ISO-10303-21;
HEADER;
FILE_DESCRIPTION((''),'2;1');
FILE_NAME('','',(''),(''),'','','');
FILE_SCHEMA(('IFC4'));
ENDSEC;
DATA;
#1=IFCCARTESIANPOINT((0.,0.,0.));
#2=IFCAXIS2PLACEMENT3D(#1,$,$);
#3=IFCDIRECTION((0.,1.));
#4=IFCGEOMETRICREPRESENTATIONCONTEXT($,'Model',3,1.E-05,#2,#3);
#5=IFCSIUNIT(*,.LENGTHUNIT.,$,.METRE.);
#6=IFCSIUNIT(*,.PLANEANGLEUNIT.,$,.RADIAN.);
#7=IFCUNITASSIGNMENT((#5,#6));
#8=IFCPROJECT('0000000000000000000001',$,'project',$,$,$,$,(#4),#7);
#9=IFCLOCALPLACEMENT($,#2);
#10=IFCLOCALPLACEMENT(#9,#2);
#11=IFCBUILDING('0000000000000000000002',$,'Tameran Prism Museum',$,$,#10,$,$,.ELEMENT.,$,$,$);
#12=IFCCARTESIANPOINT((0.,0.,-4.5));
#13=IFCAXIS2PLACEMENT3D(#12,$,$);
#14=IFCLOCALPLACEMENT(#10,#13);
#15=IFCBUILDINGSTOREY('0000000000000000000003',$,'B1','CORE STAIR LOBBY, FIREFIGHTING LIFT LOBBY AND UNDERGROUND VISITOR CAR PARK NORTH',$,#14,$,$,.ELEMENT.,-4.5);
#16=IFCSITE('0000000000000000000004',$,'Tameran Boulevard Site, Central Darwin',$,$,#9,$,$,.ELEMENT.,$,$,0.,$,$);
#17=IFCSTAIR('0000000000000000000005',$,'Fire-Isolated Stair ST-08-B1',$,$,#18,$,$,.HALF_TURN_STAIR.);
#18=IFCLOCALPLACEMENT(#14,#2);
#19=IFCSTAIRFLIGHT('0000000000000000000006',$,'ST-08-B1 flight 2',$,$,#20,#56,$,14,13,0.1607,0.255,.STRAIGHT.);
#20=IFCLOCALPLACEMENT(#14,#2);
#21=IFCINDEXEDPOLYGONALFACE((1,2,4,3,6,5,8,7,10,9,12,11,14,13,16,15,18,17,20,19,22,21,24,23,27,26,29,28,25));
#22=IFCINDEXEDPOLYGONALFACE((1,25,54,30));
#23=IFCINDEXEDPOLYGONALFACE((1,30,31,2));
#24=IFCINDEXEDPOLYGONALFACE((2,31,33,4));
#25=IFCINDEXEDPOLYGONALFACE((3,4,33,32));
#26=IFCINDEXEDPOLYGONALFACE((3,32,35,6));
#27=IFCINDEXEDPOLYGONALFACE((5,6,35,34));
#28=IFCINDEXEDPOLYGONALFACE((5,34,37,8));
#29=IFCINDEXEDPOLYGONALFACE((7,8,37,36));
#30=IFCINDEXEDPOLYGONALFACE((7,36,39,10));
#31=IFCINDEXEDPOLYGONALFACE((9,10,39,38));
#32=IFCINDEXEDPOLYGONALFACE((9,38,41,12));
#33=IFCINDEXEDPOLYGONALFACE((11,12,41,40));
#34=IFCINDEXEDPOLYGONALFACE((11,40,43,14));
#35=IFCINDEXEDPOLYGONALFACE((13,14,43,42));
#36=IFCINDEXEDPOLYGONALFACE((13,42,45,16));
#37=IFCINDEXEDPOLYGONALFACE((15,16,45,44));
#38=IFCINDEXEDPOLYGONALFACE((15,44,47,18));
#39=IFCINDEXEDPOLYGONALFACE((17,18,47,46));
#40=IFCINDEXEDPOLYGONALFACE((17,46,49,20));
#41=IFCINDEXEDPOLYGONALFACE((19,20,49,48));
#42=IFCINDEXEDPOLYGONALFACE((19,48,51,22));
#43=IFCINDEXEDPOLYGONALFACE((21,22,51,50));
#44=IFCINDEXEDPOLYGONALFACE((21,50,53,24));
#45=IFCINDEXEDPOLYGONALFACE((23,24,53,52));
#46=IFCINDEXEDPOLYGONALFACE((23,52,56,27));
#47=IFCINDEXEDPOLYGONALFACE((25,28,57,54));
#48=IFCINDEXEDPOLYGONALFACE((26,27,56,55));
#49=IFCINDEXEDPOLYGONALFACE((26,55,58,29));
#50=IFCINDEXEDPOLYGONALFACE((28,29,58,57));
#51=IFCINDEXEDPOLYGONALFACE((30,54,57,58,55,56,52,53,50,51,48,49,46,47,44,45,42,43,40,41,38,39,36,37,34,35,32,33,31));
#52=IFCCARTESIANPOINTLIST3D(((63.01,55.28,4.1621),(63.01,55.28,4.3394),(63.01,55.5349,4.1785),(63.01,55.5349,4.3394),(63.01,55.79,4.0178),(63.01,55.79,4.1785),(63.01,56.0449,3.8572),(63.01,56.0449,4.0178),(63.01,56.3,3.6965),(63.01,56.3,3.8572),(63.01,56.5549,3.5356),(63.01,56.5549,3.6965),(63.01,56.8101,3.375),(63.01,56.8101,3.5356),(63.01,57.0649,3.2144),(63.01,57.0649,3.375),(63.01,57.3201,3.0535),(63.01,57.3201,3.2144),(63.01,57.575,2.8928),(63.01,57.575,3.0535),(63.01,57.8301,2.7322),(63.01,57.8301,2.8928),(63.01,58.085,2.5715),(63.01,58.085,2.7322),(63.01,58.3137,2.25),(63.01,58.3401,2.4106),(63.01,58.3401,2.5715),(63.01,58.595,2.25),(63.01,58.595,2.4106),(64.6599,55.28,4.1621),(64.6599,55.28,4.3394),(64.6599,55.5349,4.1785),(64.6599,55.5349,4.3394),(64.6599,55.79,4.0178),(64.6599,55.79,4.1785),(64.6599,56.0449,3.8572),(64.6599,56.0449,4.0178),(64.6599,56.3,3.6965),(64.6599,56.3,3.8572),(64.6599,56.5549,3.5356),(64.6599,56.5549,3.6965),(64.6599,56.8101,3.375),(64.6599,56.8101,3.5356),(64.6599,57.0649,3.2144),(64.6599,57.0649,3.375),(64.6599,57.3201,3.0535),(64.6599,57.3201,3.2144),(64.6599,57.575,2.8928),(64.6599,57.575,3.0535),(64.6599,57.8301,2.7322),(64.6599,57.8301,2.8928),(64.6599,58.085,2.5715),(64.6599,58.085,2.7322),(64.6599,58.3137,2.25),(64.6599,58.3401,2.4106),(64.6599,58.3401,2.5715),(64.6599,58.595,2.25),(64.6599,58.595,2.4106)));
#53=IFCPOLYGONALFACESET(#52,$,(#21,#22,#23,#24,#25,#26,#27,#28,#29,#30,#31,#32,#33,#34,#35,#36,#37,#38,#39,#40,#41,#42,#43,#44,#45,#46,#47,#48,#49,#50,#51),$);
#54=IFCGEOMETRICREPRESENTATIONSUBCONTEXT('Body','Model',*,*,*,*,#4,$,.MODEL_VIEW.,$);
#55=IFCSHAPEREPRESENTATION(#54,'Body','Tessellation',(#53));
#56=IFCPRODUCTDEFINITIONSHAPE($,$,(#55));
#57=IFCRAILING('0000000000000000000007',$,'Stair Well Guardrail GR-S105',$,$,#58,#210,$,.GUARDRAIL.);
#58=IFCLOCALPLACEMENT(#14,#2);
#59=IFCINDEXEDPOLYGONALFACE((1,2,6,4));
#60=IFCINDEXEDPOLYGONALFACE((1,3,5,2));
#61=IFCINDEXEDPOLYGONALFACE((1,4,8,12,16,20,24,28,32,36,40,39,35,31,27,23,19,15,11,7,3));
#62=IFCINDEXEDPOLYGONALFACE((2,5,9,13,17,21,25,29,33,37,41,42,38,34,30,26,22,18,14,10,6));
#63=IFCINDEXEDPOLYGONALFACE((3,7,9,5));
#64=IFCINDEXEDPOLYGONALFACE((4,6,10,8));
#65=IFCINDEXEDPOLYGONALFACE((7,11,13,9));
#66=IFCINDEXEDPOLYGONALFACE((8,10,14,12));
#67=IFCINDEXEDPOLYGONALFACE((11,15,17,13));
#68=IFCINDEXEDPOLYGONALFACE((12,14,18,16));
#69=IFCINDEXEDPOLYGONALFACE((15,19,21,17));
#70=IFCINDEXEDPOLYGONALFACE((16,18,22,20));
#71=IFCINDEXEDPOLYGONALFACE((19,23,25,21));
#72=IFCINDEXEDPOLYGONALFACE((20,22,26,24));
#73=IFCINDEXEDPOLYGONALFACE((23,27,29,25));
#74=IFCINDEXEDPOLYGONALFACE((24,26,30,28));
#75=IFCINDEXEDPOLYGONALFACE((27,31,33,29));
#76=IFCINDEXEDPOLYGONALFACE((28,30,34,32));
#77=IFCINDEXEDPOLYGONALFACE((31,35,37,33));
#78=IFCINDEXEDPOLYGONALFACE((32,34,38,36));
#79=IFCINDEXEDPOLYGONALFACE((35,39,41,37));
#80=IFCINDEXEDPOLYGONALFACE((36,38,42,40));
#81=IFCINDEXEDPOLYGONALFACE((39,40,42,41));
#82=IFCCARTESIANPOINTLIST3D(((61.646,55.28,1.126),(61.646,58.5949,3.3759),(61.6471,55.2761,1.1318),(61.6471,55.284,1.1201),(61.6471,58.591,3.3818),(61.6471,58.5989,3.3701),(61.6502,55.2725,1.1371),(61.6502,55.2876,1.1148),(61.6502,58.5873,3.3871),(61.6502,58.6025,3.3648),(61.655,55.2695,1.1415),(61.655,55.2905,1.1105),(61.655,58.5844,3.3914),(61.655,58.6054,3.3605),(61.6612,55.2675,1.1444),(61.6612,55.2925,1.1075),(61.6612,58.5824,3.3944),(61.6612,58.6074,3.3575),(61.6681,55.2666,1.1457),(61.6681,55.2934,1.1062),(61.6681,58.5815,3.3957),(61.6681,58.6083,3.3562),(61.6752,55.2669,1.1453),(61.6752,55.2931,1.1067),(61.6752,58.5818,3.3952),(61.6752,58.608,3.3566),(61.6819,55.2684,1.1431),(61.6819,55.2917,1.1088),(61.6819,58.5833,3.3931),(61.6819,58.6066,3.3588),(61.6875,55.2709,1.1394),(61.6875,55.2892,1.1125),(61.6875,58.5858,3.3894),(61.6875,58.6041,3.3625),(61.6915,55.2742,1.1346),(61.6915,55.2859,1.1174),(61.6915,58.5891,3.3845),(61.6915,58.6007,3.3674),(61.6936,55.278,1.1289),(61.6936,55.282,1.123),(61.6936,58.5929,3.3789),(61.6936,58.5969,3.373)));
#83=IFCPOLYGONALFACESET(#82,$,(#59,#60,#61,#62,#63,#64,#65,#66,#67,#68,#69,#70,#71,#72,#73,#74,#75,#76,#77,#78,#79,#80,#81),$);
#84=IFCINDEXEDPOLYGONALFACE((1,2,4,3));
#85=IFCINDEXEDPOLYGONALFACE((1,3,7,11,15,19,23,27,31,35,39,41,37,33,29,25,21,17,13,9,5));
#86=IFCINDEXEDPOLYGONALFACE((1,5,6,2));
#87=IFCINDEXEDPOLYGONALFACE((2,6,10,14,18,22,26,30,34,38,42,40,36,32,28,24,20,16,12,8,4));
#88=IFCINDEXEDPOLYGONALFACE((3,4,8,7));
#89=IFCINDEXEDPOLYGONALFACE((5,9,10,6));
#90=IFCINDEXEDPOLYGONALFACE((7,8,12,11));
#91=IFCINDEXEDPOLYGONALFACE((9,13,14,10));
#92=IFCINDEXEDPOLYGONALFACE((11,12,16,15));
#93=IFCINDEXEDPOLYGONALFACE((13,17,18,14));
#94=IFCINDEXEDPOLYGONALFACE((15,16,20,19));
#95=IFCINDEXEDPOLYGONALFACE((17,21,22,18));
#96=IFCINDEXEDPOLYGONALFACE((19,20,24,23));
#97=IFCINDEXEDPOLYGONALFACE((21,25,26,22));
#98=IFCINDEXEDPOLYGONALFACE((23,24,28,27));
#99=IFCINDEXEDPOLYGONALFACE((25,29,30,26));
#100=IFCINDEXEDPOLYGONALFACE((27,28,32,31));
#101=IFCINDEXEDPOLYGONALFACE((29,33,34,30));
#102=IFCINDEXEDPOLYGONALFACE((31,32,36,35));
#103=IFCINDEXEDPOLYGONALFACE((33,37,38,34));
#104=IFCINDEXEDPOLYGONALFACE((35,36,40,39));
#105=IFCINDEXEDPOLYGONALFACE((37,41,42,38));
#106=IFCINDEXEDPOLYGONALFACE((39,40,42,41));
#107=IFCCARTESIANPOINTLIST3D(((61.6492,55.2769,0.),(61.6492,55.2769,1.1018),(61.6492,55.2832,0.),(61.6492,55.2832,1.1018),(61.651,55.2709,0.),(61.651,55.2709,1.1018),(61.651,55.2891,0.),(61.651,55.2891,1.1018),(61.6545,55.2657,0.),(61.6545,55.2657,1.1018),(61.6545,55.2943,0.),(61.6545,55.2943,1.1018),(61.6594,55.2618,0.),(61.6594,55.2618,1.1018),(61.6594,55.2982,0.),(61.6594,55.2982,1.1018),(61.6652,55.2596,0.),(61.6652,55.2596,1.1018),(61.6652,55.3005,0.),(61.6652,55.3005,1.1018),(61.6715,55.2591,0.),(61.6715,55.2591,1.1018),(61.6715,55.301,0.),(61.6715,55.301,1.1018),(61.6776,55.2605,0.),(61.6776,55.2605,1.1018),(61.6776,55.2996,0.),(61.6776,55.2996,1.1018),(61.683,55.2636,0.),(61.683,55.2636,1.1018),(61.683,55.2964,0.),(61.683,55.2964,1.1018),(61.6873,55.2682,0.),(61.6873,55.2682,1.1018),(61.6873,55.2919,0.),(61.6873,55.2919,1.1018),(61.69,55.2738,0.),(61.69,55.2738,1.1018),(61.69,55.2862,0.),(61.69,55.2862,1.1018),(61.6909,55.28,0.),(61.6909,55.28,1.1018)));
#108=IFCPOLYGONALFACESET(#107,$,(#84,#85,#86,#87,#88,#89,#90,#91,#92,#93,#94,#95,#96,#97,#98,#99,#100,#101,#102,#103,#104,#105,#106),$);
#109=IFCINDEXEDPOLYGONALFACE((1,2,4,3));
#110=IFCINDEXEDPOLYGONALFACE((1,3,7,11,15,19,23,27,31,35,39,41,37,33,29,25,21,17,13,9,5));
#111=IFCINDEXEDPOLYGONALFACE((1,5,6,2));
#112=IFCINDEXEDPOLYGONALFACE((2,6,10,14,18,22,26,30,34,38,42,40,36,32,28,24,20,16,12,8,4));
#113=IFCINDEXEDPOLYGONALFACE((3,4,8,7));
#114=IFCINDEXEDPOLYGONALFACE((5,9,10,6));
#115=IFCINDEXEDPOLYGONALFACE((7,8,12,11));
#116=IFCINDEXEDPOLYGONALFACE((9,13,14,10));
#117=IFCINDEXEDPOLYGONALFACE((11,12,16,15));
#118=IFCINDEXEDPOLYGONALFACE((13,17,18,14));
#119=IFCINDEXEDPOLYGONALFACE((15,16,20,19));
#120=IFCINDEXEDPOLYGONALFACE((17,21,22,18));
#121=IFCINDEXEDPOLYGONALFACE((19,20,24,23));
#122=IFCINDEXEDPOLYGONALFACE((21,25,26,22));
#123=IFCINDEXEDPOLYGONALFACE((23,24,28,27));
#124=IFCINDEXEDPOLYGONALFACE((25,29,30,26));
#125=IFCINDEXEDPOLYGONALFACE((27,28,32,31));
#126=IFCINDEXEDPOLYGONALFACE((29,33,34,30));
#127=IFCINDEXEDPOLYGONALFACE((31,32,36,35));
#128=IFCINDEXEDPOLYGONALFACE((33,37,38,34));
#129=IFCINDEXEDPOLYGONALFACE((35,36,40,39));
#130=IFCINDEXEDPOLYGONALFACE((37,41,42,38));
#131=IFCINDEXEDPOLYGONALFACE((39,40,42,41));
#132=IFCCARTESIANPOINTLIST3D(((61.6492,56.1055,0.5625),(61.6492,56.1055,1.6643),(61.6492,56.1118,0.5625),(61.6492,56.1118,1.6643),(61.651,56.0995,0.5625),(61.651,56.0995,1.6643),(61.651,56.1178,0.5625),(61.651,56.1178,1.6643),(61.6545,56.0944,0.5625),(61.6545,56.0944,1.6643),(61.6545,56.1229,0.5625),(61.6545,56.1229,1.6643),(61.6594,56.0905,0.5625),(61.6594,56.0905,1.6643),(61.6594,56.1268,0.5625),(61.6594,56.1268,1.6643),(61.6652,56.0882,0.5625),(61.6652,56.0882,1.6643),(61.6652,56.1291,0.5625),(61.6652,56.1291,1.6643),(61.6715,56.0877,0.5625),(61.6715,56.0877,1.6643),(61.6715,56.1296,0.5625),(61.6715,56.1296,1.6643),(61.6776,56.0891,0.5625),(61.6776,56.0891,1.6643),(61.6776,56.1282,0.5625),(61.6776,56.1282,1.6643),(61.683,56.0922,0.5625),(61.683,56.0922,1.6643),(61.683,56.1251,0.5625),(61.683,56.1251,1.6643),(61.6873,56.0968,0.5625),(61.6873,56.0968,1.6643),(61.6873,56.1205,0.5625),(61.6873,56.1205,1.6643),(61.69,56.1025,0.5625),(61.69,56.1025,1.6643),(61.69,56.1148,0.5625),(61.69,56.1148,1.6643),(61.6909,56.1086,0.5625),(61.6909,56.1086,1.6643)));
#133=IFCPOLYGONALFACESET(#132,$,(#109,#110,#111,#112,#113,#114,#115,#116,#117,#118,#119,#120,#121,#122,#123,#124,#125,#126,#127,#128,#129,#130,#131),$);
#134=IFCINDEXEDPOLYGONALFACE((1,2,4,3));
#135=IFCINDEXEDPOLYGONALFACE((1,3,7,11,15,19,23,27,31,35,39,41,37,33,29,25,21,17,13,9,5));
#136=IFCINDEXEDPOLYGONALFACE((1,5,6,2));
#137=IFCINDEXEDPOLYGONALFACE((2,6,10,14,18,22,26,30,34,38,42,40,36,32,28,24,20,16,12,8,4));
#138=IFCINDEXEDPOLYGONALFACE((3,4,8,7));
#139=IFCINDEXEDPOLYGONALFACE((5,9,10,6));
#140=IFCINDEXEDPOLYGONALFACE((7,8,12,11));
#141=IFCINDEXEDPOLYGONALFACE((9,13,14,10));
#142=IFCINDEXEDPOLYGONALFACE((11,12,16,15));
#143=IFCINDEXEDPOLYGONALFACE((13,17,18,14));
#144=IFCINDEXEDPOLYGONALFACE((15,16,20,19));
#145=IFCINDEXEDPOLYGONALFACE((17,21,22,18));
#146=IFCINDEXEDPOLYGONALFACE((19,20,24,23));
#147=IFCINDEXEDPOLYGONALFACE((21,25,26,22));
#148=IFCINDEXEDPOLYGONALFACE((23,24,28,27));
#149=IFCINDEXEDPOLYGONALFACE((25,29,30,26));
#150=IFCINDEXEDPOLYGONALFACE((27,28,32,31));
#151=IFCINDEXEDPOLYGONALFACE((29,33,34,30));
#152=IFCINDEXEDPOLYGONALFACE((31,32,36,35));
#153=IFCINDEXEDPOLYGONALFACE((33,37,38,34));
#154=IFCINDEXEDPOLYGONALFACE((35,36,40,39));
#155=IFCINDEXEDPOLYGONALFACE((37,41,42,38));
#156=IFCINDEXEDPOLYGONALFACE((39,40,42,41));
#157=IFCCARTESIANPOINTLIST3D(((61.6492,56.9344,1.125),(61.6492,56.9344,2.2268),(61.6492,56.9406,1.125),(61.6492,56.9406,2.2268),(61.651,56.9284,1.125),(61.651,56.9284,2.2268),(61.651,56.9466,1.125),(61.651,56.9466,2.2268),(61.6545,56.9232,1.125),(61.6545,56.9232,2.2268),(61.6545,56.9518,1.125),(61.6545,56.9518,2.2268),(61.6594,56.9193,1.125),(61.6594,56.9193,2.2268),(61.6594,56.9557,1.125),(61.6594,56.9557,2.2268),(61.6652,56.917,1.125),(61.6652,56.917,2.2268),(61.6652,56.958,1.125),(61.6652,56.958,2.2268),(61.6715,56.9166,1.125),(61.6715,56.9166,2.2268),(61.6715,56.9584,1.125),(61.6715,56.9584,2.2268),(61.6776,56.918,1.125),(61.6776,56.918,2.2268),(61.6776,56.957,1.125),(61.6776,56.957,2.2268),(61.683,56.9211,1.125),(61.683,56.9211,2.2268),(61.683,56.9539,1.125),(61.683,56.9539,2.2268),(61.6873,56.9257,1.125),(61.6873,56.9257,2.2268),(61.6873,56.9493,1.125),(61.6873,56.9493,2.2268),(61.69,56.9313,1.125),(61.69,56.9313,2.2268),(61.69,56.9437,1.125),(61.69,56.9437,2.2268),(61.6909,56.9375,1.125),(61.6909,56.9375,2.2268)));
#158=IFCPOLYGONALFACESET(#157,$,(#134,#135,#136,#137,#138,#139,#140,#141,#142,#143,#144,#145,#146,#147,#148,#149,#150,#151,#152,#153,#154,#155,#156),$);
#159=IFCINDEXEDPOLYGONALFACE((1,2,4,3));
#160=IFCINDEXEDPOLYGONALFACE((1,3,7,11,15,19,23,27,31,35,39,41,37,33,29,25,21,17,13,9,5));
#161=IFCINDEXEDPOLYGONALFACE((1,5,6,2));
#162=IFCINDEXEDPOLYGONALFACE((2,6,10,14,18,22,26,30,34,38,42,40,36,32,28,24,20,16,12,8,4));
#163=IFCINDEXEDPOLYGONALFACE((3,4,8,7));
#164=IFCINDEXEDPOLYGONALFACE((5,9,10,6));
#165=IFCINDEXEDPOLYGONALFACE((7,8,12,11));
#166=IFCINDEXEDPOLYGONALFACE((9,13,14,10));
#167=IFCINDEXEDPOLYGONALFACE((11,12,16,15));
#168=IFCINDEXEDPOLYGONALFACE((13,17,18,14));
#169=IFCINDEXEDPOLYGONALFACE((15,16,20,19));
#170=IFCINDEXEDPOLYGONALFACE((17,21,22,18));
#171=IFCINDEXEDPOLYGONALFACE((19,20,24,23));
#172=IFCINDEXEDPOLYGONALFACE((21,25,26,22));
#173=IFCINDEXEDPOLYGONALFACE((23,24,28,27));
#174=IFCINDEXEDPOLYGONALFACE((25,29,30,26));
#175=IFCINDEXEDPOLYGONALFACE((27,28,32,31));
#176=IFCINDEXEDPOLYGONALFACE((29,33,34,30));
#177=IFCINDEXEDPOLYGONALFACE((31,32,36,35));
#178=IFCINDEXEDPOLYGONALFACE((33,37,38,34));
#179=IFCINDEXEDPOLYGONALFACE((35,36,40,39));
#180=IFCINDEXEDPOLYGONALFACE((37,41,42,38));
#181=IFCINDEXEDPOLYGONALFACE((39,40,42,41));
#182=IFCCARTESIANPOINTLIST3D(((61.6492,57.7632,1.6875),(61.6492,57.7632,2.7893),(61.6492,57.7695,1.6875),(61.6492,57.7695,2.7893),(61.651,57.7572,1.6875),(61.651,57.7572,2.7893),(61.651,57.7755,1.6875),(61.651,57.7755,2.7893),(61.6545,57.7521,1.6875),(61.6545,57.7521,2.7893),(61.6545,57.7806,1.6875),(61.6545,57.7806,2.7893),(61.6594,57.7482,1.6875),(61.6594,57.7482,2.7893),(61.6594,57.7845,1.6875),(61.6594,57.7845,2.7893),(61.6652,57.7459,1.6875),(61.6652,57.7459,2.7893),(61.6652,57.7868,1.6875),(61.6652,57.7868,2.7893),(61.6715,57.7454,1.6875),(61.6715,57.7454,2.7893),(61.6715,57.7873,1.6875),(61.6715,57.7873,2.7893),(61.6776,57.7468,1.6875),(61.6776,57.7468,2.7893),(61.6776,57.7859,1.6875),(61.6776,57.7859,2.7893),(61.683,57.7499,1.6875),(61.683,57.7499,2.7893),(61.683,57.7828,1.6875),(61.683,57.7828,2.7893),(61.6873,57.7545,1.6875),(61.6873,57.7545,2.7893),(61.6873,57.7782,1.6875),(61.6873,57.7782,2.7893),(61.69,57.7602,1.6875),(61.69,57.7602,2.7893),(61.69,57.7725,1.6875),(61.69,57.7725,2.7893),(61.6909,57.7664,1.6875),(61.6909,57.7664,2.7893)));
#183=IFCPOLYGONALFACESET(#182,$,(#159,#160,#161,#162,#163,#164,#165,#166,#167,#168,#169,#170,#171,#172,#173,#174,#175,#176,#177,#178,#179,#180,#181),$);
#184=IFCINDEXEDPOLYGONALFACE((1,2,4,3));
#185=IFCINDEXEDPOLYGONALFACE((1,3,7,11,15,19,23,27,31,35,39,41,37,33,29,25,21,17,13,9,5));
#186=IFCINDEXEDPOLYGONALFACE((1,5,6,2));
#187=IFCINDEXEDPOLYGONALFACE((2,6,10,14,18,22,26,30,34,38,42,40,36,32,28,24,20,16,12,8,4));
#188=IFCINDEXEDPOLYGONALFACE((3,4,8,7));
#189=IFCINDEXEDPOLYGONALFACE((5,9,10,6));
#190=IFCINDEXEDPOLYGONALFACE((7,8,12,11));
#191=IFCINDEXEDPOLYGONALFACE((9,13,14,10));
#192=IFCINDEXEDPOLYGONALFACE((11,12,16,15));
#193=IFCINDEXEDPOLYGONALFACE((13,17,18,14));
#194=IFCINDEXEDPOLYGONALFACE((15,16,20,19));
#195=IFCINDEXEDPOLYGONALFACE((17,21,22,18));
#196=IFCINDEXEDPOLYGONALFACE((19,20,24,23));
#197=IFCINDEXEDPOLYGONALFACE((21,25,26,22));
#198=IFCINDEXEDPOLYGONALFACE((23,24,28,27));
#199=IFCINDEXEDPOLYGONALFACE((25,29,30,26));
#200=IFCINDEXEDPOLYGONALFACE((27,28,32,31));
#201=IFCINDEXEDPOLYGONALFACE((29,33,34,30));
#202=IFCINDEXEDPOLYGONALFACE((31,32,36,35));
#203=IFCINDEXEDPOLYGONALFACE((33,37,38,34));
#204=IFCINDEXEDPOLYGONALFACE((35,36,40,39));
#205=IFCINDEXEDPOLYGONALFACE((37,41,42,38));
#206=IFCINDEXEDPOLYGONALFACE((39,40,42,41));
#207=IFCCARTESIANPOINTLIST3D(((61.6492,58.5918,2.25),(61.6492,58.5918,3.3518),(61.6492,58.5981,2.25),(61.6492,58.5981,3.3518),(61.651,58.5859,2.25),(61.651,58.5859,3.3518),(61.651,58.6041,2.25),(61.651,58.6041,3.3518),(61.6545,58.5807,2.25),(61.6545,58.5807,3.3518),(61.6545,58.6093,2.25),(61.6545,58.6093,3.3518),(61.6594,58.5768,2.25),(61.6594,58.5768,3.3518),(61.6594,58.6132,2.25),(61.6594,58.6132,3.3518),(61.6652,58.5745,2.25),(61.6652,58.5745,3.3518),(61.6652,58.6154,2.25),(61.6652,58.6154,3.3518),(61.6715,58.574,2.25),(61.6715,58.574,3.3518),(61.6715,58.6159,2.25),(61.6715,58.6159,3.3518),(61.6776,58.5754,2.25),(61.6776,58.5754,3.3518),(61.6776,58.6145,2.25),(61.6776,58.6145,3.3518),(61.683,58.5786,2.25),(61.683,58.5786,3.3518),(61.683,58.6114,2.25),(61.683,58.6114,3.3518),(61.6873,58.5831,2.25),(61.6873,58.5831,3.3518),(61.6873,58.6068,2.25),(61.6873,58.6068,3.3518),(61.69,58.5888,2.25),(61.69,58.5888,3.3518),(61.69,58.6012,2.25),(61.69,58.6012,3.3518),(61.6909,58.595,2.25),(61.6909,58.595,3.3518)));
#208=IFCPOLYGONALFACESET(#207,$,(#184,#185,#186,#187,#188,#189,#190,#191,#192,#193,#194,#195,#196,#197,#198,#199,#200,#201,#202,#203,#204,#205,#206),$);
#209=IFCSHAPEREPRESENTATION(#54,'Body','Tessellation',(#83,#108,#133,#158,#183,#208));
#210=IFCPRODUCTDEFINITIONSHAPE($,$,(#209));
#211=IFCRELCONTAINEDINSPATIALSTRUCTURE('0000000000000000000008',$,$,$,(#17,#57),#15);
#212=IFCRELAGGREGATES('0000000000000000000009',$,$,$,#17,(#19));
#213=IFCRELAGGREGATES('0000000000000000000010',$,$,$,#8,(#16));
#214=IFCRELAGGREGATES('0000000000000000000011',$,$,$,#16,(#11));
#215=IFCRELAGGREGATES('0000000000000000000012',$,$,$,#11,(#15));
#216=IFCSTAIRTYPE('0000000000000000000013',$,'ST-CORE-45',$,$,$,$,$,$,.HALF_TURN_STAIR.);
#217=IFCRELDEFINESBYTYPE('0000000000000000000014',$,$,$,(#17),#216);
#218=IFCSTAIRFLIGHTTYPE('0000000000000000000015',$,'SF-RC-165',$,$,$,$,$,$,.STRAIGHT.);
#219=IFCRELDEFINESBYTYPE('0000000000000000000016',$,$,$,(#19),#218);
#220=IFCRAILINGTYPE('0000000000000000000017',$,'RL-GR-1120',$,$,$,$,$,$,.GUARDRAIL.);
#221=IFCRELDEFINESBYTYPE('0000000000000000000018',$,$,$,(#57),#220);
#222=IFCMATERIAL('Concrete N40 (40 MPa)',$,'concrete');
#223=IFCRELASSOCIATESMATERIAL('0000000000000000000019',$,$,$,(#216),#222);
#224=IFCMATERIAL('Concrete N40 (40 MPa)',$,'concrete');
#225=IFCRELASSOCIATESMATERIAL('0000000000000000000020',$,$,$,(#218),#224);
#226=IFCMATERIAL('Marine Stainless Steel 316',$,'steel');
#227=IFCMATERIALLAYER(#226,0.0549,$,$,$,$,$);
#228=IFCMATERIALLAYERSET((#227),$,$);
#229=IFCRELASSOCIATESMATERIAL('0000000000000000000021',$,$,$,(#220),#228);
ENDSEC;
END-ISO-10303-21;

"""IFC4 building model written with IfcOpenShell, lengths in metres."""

from ifc_helpers import new_model, si_unit, direction, frame, origin, origin_2d, place, context, subcontext, project, spatial, polyline, circle, outline, extrude, material, layer, layer_set, type_object, element, aggregate, save


model = new_model("IFC4")

# Units and contexts
model_context = context("Model", 3, precision=1e-05, world=origin(), true_north=direction((0.0, 1.0)))
body_context = subcontext(model_context, "Body", "Model", "MODEL_VIEW")
ifc_project = project(units=[si_unit("LENGTHUNIT", "METRE"), si_unit("PLANEANGLEUNIT", "RADIAN")], contexts=[model_context])

# Site, building, storey
site_placement = place(None, origin())
site = spatial("IfcSite", under=ifc_project, at=site_placement, Name="Tameran Boulevard Site, Central Darwin", CompositionType="ELEMENT", RefElevation=0.0)
building_placement = place(site_placement, origin())
building = spatial("IfcBuilding", under=site, at=building_placement, Name="Tameran Prism Museum", CompositionType="ELEMENT")
storey_placement = place(building_placement, frame((0.0, 0.0, -4.5)))
storey = spatial("IfcBuildingStorey", under=building, at=storey_placement, Name="B1", Description="CORE STAIR LOBBY, FIREFIGHTING LIFT LOBBY AND UNDERGROUND VISITOR CAR PARK NORTH", CompositionType="ELEMENT", Elevation=-4.5)

# Stair, stair flight
ifc_material_1 = material(Name="Concrete N40 (40 MPa)", Category="concrete")
stair_type = type_object("IfcStairType", Name="ST-CORE-45", PredefinedType="HALF_TURN_STAIR", material=ifc_material_1)
stair_placement = place(storey_placement, origin())
stair = element("IfcStair", 1, at=stair_placement, inside=storey, type_object=stair_type, Name="Fire-Isolated Stair ST-08-B1", PredefinedType="HALF_TURN_STAIR")
ifc_material_2 = material(Name="Concrete N40 (40 MPa)", Category="concrete")
stair_flight_type = type_object("IfcStairFlightType", Name="SF-RC-165", PredefinedType="STRAIGHT", material=ifc_material_2)
stair_flight_placement = place(storey_placement, frame((63.835, 58.595, 2.25), z_axis=(0.0, 0.0, 1.0), x_axis=(0.0, -1.0, 0.0)))
stair_flight = element("IfcStairFlight", 2, at=stair_flight_placement, type_object=stair_flight_type, Name="ST-08-B1 flight 2", NumberOfRisers=14, NumberOfTreads=13, PredefinedType="STRAIGHT", RiserHeight=0.1607, TreadLength=0.255, context=body_context, shape_type="SweptSolid", body=[
    extrude(outline(polyline([(0.0, 0.0), (0.0, 0.1606), (0.2549, 0.1606), (0.2549, 0.3215), (0.51, 0.3215), (0.51, 0.4822), (0.7649, 0.4822), (0.7649, 0.6428), (1.02, 0.6428), (1.02, 0.8035), (1.2749, 0.8035), (1.2749, 0.9644), (1.53, 0.9644), (1.53, 1.125), (1.7849, 1.125), (1.7849, 1.2856), (2.04, 1.2856), (2.04, 1.4465), (2.2949, 1.4465), (2.2949, 1.6072), (2.55, 1.6072), (2.55, 1.7678), (2.8049, 1.7678), (2.8049, 1.9285), (3.0601, 1.9285), (3.0601, 2.0894), (3.3149, 2.0894), (3.3149, 2.25), (3.3149, 1.9121), (0.2812, 0.0), (0.0, 0.0)])), frame((0.0, 0.825, 0.0), z_axis=(0.0, -1.0, 0.0), x_axis=(1.0, 0.0, 0.0)), (0.0, 0.0, 1.0), 1.6499),
])
aggregate(stair, [stair_flight])

# Railing
ifc_material_3 = material(Name="Marine Stainless Steel 316", Category="steel")
ifc_layer_1 = layer(ifc_material_3, 0.0549)
ifc_layer_set_1 = layer_set([ifc_layer_1])
railing_type_1 = type_object("IfcRailingType", Name="RL-GR-1120", PredefinedType="GUARDRAIL", material=ifc_layer_set_1)
railing_1_placement = place(storey_placement, frame((61.6699, 55.28, 0.0)))
element("IfcRailing", 3, at=railing_1_placement, inside=storey, type_object=railing_type_1, Name="Stair Well Guardrail GR-S105", PredefinedType="GUARDRAIL", context=body_context, shape_type="SweptSolid", body=[
    extrude(circle(Radius=0.0239, at=origin_2d()), frame((0.0, 0.0, 1.126), z_axis=(0.0, 0.827409, 0.5616), x_axis=(-1.0, 0.0, 0.0)), (0.0, 0.0, 1.0), 4.0063),
    extrude(circle(Radius=0.021, at=origin_2d()), origin(), (0.0, 0.0, 1.0), 1.1018),
    extrude(circle(Radius=0.021, at=origin_2d()), frame((0.0, 0.8286, 0.5625)), (0.0, 0.0, 1.0), 1.1018),
    extrude(circle(Radius=0.021, at=origin_2d()), frame((0.0, 1.6575, 1.125)), (0.0, 0.0, 1.0), 1.1018),
    extrude(circle(Radius=0.021, at=origin_2d()), frame((0.0, 2.4863, 1.6875)), (0.0, 0.0, 1.0), 1.1018),
    extrude(circle(Radius=0.021, at=origin_2d()), frame((0.0, 3.3149, 2.25)), (0.0, 0.0, 1.0), 1.1018),
])

save(model, "model.ifc")
